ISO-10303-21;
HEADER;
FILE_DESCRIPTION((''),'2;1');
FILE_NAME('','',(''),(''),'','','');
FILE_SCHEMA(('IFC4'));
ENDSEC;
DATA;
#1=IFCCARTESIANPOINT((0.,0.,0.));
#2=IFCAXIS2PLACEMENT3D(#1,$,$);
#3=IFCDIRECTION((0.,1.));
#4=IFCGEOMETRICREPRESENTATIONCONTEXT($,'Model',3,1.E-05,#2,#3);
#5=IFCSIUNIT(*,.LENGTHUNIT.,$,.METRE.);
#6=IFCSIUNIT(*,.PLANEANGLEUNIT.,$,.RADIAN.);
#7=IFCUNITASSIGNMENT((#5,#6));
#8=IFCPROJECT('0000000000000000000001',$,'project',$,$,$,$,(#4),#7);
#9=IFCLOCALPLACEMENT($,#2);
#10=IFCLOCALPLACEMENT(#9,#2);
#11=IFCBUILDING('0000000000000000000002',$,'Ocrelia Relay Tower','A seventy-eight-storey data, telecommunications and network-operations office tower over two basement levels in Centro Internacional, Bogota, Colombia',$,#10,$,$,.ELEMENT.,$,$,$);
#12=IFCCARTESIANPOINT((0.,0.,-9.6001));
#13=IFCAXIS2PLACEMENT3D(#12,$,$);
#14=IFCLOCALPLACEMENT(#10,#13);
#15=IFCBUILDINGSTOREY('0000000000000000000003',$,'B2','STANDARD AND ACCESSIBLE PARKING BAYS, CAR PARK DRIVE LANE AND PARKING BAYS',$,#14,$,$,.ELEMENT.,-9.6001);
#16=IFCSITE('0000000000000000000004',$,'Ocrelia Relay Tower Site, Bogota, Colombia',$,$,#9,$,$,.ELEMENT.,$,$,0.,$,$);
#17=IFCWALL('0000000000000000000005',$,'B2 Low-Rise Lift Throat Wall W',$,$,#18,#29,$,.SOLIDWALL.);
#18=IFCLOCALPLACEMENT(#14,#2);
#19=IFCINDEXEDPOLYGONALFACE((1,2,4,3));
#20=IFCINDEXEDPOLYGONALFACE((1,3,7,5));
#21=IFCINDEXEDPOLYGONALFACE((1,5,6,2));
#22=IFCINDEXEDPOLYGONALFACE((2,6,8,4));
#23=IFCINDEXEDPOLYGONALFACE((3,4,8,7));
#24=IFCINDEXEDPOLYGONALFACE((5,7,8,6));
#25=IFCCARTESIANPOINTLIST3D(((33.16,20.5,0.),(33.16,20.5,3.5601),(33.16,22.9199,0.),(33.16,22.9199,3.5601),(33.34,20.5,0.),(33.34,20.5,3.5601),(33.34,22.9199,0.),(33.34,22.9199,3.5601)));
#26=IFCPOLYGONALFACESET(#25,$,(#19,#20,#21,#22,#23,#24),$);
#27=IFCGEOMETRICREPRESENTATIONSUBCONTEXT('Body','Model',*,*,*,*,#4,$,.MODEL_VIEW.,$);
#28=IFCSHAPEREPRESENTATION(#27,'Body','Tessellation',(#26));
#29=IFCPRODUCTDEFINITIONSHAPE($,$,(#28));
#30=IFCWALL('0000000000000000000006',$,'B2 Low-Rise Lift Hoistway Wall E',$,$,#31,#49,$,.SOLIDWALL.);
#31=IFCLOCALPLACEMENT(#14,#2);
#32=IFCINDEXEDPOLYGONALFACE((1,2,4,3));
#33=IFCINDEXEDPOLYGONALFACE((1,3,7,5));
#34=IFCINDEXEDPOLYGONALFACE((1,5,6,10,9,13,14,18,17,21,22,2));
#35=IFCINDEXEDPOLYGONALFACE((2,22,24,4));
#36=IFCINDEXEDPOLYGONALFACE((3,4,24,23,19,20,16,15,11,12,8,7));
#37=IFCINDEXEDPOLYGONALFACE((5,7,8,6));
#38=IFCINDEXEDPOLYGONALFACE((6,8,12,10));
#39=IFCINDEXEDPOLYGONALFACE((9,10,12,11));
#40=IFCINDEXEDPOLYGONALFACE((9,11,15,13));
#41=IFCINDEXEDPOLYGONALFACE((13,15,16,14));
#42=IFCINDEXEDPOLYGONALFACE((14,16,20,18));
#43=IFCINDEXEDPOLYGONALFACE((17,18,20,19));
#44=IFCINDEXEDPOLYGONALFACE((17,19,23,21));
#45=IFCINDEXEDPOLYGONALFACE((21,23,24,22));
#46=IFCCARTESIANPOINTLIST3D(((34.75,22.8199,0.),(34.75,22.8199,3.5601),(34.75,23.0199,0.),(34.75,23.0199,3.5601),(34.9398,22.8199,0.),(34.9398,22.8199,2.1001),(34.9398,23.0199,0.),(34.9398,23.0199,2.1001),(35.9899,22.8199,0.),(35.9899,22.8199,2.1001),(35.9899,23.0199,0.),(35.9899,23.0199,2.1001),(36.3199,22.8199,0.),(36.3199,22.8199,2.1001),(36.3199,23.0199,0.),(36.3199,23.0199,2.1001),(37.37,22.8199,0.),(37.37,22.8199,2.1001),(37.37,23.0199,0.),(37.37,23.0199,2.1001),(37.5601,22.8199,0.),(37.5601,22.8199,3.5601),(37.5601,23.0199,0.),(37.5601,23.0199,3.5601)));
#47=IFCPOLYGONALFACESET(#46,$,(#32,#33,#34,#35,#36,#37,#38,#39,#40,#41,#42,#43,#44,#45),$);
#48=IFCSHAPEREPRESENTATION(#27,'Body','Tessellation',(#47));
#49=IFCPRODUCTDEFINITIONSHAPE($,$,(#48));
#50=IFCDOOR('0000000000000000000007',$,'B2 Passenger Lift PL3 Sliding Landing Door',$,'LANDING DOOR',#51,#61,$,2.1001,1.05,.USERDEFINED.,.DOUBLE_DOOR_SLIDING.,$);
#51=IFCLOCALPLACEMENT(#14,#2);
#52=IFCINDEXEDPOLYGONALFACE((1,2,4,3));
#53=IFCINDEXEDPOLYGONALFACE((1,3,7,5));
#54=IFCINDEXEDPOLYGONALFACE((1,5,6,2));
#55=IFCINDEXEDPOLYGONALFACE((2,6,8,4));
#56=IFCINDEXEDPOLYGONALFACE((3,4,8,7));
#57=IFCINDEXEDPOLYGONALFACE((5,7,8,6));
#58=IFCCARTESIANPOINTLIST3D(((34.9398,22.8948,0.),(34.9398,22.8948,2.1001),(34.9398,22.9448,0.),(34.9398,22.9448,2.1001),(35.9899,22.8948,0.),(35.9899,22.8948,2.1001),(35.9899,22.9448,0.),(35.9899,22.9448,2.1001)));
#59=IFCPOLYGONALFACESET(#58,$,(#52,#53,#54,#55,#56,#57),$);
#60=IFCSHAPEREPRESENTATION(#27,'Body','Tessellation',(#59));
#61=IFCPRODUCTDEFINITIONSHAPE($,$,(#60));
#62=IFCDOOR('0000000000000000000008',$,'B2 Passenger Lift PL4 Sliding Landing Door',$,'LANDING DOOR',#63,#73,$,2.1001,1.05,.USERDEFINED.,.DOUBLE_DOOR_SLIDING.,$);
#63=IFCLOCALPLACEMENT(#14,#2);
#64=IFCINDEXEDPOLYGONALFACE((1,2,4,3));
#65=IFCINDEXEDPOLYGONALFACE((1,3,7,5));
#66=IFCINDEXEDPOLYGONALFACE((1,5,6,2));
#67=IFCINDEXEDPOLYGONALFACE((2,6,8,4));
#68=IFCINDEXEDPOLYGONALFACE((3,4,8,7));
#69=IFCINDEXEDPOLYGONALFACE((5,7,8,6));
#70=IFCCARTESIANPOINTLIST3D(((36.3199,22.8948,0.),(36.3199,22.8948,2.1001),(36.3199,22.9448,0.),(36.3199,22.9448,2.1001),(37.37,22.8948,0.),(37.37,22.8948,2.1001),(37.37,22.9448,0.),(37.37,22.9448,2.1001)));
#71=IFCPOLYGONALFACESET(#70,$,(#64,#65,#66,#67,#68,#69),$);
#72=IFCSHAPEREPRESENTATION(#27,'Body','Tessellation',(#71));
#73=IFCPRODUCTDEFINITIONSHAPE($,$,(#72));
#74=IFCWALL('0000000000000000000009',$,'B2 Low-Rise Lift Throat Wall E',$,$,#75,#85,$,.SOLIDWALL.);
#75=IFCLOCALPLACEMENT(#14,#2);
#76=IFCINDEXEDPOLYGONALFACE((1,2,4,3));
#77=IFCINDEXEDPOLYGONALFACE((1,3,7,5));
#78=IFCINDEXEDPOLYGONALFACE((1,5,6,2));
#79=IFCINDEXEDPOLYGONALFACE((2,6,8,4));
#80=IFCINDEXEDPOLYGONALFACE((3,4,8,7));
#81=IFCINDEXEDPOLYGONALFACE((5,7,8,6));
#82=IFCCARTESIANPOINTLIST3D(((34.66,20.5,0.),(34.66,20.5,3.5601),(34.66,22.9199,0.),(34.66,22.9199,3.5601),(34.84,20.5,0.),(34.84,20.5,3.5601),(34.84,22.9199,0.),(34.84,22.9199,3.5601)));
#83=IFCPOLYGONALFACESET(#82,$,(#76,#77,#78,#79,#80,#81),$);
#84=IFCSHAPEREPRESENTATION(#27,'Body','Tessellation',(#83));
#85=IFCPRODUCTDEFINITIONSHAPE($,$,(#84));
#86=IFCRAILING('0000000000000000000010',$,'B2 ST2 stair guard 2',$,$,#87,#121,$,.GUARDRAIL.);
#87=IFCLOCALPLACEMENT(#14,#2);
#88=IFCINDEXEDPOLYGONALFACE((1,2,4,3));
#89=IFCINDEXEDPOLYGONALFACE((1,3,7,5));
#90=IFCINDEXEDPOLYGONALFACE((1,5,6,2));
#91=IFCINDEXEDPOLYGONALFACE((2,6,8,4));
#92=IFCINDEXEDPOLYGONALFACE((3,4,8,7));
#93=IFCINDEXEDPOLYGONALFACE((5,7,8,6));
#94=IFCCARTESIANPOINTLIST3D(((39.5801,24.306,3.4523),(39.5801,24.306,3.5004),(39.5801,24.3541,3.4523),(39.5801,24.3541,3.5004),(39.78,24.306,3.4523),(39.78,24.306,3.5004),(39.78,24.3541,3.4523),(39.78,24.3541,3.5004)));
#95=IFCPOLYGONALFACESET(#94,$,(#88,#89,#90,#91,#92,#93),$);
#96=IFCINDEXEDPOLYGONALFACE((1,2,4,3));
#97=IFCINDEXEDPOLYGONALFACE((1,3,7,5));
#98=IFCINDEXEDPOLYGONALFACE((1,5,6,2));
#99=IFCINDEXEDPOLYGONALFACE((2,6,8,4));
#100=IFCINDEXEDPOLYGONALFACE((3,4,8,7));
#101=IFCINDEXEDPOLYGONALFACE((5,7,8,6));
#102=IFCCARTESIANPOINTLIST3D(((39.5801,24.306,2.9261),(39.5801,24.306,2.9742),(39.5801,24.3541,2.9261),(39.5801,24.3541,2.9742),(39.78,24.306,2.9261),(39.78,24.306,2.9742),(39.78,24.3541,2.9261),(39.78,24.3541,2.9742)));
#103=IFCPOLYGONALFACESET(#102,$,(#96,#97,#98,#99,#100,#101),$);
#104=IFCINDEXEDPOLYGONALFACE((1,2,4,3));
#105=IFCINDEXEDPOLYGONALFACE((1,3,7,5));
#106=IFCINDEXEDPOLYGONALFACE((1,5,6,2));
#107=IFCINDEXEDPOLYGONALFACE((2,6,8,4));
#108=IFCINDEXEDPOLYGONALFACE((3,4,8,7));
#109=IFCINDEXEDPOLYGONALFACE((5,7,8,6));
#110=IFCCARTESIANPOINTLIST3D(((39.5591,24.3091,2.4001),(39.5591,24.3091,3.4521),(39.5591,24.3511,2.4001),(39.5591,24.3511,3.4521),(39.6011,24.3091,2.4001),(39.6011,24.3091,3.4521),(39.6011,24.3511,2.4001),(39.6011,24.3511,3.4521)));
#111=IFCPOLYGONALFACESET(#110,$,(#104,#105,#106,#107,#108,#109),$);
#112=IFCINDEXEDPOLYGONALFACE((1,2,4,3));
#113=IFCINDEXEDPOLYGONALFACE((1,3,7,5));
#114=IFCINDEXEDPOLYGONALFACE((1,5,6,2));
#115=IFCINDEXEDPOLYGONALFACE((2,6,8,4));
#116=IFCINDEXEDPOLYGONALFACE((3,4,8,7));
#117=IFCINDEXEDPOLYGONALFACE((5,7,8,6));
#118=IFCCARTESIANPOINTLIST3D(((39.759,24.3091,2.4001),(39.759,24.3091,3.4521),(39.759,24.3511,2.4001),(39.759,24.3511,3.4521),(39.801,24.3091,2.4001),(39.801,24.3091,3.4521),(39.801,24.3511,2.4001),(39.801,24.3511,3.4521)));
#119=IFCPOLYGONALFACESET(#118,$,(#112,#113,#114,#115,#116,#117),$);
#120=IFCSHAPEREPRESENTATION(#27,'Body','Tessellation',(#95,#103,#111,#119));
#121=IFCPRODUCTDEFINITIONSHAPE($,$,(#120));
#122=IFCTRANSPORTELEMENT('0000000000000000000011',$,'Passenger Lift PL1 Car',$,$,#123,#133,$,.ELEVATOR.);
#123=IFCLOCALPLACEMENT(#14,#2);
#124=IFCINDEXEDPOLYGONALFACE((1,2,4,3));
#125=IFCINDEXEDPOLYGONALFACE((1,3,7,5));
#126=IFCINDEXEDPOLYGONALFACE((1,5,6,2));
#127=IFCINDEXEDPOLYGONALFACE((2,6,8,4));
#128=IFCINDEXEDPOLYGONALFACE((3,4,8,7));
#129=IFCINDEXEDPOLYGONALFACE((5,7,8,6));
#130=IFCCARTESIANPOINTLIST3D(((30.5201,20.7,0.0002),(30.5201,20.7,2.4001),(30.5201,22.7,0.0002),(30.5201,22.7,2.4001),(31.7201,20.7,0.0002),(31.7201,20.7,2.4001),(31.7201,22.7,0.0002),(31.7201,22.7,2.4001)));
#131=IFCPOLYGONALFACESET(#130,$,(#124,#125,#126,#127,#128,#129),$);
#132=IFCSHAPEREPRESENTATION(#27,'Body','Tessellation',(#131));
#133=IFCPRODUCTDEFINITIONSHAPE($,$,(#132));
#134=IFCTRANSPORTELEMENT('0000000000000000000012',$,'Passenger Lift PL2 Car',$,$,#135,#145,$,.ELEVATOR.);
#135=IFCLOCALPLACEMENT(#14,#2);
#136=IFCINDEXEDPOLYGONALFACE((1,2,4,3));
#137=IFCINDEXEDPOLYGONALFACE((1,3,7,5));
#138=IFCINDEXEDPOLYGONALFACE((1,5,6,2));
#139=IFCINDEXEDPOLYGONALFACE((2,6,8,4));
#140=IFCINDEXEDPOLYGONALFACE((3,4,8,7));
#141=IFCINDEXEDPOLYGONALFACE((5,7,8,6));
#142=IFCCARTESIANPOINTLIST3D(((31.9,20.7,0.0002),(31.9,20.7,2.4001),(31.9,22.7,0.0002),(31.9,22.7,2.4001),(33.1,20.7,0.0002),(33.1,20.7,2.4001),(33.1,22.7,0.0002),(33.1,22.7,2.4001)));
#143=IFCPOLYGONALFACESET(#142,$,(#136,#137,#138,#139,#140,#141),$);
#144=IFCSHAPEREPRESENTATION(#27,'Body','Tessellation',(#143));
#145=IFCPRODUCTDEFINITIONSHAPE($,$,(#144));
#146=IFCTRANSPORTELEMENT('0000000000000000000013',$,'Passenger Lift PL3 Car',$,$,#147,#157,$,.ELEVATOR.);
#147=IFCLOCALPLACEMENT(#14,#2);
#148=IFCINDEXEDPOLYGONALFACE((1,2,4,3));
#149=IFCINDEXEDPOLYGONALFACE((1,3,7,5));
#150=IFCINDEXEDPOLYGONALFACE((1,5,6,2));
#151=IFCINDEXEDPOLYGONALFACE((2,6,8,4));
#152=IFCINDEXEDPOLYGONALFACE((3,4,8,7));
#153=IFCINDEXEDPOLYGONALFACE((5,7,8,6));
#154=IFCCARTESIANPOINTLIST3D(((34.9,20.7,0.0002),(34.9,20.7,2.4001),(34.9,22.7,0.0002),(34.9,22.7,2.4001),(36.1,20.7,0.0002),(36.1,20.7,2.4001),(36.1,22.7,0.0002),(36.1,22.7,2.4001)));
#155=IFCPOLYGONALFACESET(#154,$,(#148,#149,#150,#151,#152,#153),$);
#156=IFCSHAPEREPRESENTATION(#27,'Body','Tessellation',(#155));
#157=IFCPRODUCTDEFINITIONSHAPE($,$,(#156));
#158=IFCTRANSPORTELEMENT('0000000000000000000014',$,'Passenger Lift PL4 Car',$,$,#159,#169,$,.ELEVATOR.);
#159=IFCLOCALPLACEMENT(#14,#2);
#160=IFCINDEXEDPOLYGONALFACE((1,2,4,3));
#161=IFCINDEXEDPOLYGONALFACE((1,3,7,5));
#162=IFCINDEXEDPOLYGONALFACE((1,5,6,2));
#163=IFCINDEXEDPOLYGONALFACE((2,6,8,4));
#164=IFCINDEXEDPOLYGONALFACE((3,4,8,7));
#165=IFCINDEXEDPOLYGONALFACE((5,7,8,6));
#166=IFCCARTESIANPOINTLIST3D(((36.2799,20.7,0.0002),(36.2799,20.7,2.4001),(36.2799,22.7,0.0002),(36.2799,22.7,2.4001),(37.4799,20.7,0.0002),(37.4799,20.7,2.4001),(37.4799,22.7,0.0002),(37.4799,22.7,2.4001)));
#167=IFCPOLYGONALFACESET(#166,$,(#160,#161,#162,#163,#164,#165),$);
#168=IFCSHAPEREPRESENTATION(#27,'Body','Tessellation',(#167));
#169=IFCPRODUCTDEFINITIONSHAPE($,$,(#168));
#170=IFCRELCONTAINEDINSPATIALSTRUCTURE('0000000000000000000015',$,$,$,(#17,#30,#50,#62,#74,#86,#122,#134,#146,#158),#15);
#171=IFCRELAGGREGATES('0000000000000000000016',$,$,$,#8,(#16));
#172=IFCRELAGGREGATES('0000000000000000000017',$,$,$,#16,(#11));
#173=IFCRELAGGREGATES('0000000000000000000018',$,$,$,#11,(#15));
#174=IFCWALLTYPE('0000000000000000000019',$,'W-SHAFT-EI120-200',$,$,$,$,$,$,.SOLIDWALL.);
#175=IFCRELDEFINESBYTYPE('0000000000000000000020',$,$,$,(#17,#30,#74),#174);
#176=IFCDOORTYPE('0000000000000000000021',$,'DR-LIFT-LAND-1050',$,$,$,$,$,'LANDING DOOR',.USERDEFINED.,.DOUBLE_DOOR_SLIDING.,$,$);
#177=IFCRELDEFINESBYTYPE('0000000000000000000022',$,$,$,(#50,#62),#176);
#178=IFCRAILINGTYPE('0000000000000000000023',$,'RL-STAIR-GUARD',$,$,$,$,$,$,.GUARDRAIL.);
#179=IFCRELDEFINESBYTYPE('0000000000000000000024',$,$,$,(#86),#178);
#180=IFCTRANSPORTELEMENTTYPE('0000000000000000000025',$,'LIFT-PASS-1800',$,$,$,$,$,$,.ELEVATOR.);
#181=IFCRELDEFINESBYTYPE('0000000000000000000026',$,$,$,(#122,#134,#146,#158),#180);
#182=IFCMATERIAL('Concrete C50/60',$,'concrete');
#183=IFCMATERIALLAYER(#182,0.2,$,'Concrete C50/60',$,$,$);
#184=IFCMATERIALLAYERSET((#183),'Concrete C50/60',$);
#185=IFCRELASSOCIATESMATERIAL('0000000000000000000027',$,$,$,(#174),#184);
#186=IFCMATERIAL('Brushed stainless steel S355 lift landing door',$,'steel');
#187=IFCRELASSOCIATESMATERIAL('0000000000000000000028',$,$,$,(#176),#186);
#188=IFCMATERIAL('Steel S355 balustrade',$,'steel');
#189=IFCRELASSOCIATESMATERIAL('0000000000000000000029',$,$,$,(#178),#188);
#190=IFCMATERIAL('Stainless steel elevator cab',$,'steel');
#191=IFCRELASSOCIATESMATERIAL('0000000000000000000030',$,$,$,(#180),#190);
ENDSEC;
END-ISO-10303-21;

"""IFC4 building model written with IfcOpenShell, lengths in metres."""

from ifc_helpers import new_model, si_unit, direction, frame, frame_2d, origin, origin_2d, place, context, subcontext, project, spatial, rectangle, extrude, material, layer, layer_set, type_object, element, fill, save


model = new_model("IFC4")

# Units and contexts
model_context = context("Model", 3, precision=1e-05, world=origin(), true_north=direction((0.0, 1.0)))
body_context = subcontext(model_context, "Body", "Model", "MODEL_VIEW")
ifc_project = project(units=[si_unit("LENGTHUNIT", "METRE"), si_unit("PLANEANGLEUNIT", "RADIAN")], contexts=[model_context])

# Site, building, storey
site_placement = place(None, origin())
site = spatial("IfcSite", under=ifc_project, at=site_placement, Name="Ocrelia Relay Tower Site, Bogota, Colombia", CompositionType="ELEMENT", RefElevation=0.0)
building_placement = place(site_placement, origin())
building = spatial("IfcBuilding", under=site, at=building_placement, Name="Ocrelia Relay Tower", Description="A seventy-eight-storey data, telecommunications and network-operations office tower over two basement levels in Centro Internacional, Bogota, Colombia", CompositionType="ELEMENT")
storey_placement = place(building_placement, frame((0.0, 0.0, -9.6001)))
storey = spatial("IfcBuildingStorey", under=building, at=storey_placement, Name="B2", Description="STANDARD AND ACCESSIBLE PARKING BAYS, CAR PARK DRIVE LANE AND PARKING BAYS", CompositionType="ELEMENT", Elevation=-9.6001)

# Shared definitions
ifc_material_1 = material(Name="Concrete C50/60", Category="concrete")

# Shared definitions
ifc_layer_1 = layer(ifc_material_1, 0.2, Name="Concrete C50/60")
ifc_layer_set_1 = layer_set([ifc_layer_1], Name="Concrete C50/60")
wall_type_1 = type_object("IfcWallType", Name="W-SHAFT-EI120-200", PredefinedType="SOLIDWALL", material=ifc_layer_set_1)
ifc_material_2 = material(Name="Brushed stainless steel S355 lift landing door", Category="steel")
door_type = type_object("IfcDoorType", Name="DR-LIFT-LAND-1050", ElementType="LANDING DOOR", OperationType="DOUBLE_DOOR_SLIDING", PredefinedType="USERDEFINED", material=ifc_material_2)

# Wall
wall_1_placement = place(storey_placement, frame((33.25, 20.5, 0.0), z_axis=(0.0, 0.0, 1.0), x_axis=(0.0, 1.0, 0.0)))
element("IfcWall", 1, at=wall_1_placement, inside=storey, type_object=wall_type_1, Name="B2 Low-Rise Lift Throat Wall W", PredefinedType="SOLIDWALL", context=body_context, shape_type="SweptSolid", body=[
    extrude(rectangle(XDim=2.4199, YDim=0.1799, at=frame_2d((1.21, 0.0))), origin(), (0.0, 0.0, 1.0), 3.5601),
])

# Wall, openings, doors
wall_2_placement = place(storey_placement, frame((34.75, 22.9199, 0.0), z_axis=(0.0, 0.0, 1.0), x_axis=(1.0, 0.0, 0.0)))
wall_2 = element("IfcWall", 2, at=wall_2_placement, inside=storey, type_object=wall_type_1, Name="B2 Low-Rise Lift Hoistway Wall E", PredefinedType="SOLIDWALL", context=body_context, shape_type="SweptSolid", body=[
    extrude(rectangle(XDim=2.8101, YDim=0.2, at=frame_2d((1.405, 0.0))), origin(), (0.0, 0.0, 1.0), 3.5601),
])
opening_1_placement = place(wall_2_placement, frame((0.1899, 0.0, 0.0)))
opening_1 = element("IfcOpeningElement", 3, at=opening_1_placement, cuts=wall_2, PredefinedType="OPENING", context=body_context, shape_type="SweptSolid", body=[
    extrude(rectangle(XDim=1.05, YDim=2.1001, at=frame_2d((0.5249, 1.05))), frame((0.0, 0.1099, 0.0), z_axis=(0.0, -1.0, 0.0), x_axis=(1.0, 0.0, 0.0)), (0.0, 0.0, 1.0), 0.22),
])
opening_2_placement = place(wall_2_placement, frame((1.5701, 0.0, 0.0)))
opening_2 = element("IfcOpeningElement", 4, at=opening_2_placement, cuts=wall_2, PredefinedType="OPENING", context=body_context, shape_type="SweptSolid", body=[
    extrude(rectangle(XDim=1.05, YDim=2.1001, at=frame_2d((0.5249, 1.05))), frame((0.0, 0.1099, 0.0), z_axis=(0.0, -1.0, 0.0), x_axis=(1.0, 0.0, 0.0)), (0.0, 0.0, 1.0), 0.22),
])
door_1_placement = place(opening_1_placement, origin())
door_1 = element("IfcDoor", 5, at=door_1_placement, inside=storey, type_object=door_type, Name="B2 Passenger Lift PL3 Sliding Landing Door", ObjectType="LANDING DOOR", OperationType="DOUBLE_DOOR_SLIDING", OverallHeight=2.1001, OverallWidth=1.05, PredefinedType="USERDEFINED", context=body_context, shape_type="SweptSolid", body=[
    extrude(rectangle(XDim=1.05, YDim=2.1001, at=frame_2d((0.5249, 1.05))), frame((0.0, 0.0249, 0.0), z_axis=(0.0, -1.0, 0.0), x_axis=(1.0, 0.0, 0.0)), (0.0, 0.0, 1.0), 0.05),
])
fill(opening_1, door_1)
door_2_placement = place(opening_2_placement, origin())
door_2 = element("IfcDoor", 6, at=door_2_placement, inside=storey, type_object=door_type, Name="B2 Passenger Lift PL4 Sliding Landing Door", ObjectType="LANDING DOOR", OperationType="DOUBLE_DOOR_SLIDING", OverallHeight=2.1001, OverallWidth=1.05, PredefinedType="USERDEFINED", context=body_context, shape_type="SweptSolid", body=[
    extrude(rectangle(XDim=1.05, YDim=2.1001, at=frame_2d((0.5249, 1.05))), frame((0.0, 0.0249, 0.0), z_axis=(0.0, -1.0, 0.0), x_axis=(1.0, 0.0, 0.0)), (0.0, 0.0, 1.0), 0.05),
])
fill(opening_2, door_2)

# Wall
wall_3_placement = place(storey_placement, frame((34.75, 20.5, 0.0), z_axis=(0.0, 0.0, 1.0), x_axis=(0.0, 1.0, 0.0)))
element("IfcWall", 7, at=wall_3_placement, inside=storey, type_object=wall_type_1, Name="B2 Low-Rise Lift Throat Wall E", PredefinedType="SOLIDWALL", context=body_context, shape_type="SweptSolid", body=[
    extrude(rectangle(XDim=2.4199, YDim=0.1799, at=frame_2d((1.21, 0.0))), origin(), (0.0, 0.0, 1.0), 3.5601),
])

# Railing
ifc_material_3 = material(Name="Steel S355 balustrade", Category="steel")
railing_type = type_object("IfcRailingType", Name="RL-STAIR-GUARD", PredefinedType="GUARDRAIL", material=ifc_material_3)
railing_placement = place(storey_placement, frame((39.5801, 24.3301, 2.4001)))
element("IfcRailing", 8, at=railing_placement, inside=storey, type_object=railing_type, Name="B2 ST2 stair guard 2", PredefinedType="GUARDRAIL", context=body_context, shape_type="SweptSolid", body=[
    extrude(rectangle(XDim=0.0481, YDim=0.0481, at=origin_2d()), frame((0.0, 0.0, 1.0762), z_axis=(1.0, 0.0, 0.0), x_axis=(0.0, 1.0, 0.0)), (0.0, 0.0, 1.0), 0.2),
    extrude(rectangle(XDim=0.0481, YDim=0.0481, at=origin_2d()), frame((0.0, 0.0, 0.55), z_axis=(1.0, 0.0, 0.0), x_axis=(0.0, 1.0, 0.0)), (0.0, 0.0, 1.0), 0.2),
    extrude(rectangle(XDim=0.042, YDim=0.042, at=origin_2d()), origin(), (0.0, 0.0, 1.0), 1.052),
    extrude(rectangle(XDim=0.042, YDim=0.042, at=origin_2d()), frame((0.2, 0.0, 0.0)), (0.0, 0.0, 1.0), 1.052),
])

# Transport elements
ifc_material_4 = material(Name="Stainless steel elevator cab", Category="steel")
transport_element_type = type_object("IfcTransportElementType", Name="LIFT-PASS-1800", PredefinedType="ELEVATOR", material=ifc_material_4)
for number, where, z_axis, x_axis, name in (
    (9, (31.1201, 21.7, 0.0002), (0.0, 0.0, 1.0), (1.0, 0.0, 0.0), "Passenger Lift PL1 Car"),
    (10, (32.5, 21.7, 0.0002), (0.0, 0.0, 1.0), (1.0, 0.0, 0.0), "Passenger Lift PL2 Car"),
    (11, (35.5, 21.7, 0.0002), (0.0, 0.0, 1.0), (1.0, 0.0, 0.0), "Passenger Lift PL3 Car"),
    (12, (36.8799, 21.7, 0.0002), (0.0, 0.0, 1.0), (1.0, 0.0, 0.0), "Passenger Lift PL4 Car"),
):
    element("IfcTransportElement", number, at=place(storey_placement, frame(where, z_axis=z_axis, x_axis=x_axis)), inside=storey, type_object=transport_element_type, Name=name, PredefinedType="ELEVATOR", context=body_context, shape_type="SweptSolid", body=[
        extrude(rectangle(XDim=1.2, YDim=2.0, at=origin_2d()), origin(), (0.0, 0.0, 1.0), 2.3999),
    ])

save(model, "model.ifc")
